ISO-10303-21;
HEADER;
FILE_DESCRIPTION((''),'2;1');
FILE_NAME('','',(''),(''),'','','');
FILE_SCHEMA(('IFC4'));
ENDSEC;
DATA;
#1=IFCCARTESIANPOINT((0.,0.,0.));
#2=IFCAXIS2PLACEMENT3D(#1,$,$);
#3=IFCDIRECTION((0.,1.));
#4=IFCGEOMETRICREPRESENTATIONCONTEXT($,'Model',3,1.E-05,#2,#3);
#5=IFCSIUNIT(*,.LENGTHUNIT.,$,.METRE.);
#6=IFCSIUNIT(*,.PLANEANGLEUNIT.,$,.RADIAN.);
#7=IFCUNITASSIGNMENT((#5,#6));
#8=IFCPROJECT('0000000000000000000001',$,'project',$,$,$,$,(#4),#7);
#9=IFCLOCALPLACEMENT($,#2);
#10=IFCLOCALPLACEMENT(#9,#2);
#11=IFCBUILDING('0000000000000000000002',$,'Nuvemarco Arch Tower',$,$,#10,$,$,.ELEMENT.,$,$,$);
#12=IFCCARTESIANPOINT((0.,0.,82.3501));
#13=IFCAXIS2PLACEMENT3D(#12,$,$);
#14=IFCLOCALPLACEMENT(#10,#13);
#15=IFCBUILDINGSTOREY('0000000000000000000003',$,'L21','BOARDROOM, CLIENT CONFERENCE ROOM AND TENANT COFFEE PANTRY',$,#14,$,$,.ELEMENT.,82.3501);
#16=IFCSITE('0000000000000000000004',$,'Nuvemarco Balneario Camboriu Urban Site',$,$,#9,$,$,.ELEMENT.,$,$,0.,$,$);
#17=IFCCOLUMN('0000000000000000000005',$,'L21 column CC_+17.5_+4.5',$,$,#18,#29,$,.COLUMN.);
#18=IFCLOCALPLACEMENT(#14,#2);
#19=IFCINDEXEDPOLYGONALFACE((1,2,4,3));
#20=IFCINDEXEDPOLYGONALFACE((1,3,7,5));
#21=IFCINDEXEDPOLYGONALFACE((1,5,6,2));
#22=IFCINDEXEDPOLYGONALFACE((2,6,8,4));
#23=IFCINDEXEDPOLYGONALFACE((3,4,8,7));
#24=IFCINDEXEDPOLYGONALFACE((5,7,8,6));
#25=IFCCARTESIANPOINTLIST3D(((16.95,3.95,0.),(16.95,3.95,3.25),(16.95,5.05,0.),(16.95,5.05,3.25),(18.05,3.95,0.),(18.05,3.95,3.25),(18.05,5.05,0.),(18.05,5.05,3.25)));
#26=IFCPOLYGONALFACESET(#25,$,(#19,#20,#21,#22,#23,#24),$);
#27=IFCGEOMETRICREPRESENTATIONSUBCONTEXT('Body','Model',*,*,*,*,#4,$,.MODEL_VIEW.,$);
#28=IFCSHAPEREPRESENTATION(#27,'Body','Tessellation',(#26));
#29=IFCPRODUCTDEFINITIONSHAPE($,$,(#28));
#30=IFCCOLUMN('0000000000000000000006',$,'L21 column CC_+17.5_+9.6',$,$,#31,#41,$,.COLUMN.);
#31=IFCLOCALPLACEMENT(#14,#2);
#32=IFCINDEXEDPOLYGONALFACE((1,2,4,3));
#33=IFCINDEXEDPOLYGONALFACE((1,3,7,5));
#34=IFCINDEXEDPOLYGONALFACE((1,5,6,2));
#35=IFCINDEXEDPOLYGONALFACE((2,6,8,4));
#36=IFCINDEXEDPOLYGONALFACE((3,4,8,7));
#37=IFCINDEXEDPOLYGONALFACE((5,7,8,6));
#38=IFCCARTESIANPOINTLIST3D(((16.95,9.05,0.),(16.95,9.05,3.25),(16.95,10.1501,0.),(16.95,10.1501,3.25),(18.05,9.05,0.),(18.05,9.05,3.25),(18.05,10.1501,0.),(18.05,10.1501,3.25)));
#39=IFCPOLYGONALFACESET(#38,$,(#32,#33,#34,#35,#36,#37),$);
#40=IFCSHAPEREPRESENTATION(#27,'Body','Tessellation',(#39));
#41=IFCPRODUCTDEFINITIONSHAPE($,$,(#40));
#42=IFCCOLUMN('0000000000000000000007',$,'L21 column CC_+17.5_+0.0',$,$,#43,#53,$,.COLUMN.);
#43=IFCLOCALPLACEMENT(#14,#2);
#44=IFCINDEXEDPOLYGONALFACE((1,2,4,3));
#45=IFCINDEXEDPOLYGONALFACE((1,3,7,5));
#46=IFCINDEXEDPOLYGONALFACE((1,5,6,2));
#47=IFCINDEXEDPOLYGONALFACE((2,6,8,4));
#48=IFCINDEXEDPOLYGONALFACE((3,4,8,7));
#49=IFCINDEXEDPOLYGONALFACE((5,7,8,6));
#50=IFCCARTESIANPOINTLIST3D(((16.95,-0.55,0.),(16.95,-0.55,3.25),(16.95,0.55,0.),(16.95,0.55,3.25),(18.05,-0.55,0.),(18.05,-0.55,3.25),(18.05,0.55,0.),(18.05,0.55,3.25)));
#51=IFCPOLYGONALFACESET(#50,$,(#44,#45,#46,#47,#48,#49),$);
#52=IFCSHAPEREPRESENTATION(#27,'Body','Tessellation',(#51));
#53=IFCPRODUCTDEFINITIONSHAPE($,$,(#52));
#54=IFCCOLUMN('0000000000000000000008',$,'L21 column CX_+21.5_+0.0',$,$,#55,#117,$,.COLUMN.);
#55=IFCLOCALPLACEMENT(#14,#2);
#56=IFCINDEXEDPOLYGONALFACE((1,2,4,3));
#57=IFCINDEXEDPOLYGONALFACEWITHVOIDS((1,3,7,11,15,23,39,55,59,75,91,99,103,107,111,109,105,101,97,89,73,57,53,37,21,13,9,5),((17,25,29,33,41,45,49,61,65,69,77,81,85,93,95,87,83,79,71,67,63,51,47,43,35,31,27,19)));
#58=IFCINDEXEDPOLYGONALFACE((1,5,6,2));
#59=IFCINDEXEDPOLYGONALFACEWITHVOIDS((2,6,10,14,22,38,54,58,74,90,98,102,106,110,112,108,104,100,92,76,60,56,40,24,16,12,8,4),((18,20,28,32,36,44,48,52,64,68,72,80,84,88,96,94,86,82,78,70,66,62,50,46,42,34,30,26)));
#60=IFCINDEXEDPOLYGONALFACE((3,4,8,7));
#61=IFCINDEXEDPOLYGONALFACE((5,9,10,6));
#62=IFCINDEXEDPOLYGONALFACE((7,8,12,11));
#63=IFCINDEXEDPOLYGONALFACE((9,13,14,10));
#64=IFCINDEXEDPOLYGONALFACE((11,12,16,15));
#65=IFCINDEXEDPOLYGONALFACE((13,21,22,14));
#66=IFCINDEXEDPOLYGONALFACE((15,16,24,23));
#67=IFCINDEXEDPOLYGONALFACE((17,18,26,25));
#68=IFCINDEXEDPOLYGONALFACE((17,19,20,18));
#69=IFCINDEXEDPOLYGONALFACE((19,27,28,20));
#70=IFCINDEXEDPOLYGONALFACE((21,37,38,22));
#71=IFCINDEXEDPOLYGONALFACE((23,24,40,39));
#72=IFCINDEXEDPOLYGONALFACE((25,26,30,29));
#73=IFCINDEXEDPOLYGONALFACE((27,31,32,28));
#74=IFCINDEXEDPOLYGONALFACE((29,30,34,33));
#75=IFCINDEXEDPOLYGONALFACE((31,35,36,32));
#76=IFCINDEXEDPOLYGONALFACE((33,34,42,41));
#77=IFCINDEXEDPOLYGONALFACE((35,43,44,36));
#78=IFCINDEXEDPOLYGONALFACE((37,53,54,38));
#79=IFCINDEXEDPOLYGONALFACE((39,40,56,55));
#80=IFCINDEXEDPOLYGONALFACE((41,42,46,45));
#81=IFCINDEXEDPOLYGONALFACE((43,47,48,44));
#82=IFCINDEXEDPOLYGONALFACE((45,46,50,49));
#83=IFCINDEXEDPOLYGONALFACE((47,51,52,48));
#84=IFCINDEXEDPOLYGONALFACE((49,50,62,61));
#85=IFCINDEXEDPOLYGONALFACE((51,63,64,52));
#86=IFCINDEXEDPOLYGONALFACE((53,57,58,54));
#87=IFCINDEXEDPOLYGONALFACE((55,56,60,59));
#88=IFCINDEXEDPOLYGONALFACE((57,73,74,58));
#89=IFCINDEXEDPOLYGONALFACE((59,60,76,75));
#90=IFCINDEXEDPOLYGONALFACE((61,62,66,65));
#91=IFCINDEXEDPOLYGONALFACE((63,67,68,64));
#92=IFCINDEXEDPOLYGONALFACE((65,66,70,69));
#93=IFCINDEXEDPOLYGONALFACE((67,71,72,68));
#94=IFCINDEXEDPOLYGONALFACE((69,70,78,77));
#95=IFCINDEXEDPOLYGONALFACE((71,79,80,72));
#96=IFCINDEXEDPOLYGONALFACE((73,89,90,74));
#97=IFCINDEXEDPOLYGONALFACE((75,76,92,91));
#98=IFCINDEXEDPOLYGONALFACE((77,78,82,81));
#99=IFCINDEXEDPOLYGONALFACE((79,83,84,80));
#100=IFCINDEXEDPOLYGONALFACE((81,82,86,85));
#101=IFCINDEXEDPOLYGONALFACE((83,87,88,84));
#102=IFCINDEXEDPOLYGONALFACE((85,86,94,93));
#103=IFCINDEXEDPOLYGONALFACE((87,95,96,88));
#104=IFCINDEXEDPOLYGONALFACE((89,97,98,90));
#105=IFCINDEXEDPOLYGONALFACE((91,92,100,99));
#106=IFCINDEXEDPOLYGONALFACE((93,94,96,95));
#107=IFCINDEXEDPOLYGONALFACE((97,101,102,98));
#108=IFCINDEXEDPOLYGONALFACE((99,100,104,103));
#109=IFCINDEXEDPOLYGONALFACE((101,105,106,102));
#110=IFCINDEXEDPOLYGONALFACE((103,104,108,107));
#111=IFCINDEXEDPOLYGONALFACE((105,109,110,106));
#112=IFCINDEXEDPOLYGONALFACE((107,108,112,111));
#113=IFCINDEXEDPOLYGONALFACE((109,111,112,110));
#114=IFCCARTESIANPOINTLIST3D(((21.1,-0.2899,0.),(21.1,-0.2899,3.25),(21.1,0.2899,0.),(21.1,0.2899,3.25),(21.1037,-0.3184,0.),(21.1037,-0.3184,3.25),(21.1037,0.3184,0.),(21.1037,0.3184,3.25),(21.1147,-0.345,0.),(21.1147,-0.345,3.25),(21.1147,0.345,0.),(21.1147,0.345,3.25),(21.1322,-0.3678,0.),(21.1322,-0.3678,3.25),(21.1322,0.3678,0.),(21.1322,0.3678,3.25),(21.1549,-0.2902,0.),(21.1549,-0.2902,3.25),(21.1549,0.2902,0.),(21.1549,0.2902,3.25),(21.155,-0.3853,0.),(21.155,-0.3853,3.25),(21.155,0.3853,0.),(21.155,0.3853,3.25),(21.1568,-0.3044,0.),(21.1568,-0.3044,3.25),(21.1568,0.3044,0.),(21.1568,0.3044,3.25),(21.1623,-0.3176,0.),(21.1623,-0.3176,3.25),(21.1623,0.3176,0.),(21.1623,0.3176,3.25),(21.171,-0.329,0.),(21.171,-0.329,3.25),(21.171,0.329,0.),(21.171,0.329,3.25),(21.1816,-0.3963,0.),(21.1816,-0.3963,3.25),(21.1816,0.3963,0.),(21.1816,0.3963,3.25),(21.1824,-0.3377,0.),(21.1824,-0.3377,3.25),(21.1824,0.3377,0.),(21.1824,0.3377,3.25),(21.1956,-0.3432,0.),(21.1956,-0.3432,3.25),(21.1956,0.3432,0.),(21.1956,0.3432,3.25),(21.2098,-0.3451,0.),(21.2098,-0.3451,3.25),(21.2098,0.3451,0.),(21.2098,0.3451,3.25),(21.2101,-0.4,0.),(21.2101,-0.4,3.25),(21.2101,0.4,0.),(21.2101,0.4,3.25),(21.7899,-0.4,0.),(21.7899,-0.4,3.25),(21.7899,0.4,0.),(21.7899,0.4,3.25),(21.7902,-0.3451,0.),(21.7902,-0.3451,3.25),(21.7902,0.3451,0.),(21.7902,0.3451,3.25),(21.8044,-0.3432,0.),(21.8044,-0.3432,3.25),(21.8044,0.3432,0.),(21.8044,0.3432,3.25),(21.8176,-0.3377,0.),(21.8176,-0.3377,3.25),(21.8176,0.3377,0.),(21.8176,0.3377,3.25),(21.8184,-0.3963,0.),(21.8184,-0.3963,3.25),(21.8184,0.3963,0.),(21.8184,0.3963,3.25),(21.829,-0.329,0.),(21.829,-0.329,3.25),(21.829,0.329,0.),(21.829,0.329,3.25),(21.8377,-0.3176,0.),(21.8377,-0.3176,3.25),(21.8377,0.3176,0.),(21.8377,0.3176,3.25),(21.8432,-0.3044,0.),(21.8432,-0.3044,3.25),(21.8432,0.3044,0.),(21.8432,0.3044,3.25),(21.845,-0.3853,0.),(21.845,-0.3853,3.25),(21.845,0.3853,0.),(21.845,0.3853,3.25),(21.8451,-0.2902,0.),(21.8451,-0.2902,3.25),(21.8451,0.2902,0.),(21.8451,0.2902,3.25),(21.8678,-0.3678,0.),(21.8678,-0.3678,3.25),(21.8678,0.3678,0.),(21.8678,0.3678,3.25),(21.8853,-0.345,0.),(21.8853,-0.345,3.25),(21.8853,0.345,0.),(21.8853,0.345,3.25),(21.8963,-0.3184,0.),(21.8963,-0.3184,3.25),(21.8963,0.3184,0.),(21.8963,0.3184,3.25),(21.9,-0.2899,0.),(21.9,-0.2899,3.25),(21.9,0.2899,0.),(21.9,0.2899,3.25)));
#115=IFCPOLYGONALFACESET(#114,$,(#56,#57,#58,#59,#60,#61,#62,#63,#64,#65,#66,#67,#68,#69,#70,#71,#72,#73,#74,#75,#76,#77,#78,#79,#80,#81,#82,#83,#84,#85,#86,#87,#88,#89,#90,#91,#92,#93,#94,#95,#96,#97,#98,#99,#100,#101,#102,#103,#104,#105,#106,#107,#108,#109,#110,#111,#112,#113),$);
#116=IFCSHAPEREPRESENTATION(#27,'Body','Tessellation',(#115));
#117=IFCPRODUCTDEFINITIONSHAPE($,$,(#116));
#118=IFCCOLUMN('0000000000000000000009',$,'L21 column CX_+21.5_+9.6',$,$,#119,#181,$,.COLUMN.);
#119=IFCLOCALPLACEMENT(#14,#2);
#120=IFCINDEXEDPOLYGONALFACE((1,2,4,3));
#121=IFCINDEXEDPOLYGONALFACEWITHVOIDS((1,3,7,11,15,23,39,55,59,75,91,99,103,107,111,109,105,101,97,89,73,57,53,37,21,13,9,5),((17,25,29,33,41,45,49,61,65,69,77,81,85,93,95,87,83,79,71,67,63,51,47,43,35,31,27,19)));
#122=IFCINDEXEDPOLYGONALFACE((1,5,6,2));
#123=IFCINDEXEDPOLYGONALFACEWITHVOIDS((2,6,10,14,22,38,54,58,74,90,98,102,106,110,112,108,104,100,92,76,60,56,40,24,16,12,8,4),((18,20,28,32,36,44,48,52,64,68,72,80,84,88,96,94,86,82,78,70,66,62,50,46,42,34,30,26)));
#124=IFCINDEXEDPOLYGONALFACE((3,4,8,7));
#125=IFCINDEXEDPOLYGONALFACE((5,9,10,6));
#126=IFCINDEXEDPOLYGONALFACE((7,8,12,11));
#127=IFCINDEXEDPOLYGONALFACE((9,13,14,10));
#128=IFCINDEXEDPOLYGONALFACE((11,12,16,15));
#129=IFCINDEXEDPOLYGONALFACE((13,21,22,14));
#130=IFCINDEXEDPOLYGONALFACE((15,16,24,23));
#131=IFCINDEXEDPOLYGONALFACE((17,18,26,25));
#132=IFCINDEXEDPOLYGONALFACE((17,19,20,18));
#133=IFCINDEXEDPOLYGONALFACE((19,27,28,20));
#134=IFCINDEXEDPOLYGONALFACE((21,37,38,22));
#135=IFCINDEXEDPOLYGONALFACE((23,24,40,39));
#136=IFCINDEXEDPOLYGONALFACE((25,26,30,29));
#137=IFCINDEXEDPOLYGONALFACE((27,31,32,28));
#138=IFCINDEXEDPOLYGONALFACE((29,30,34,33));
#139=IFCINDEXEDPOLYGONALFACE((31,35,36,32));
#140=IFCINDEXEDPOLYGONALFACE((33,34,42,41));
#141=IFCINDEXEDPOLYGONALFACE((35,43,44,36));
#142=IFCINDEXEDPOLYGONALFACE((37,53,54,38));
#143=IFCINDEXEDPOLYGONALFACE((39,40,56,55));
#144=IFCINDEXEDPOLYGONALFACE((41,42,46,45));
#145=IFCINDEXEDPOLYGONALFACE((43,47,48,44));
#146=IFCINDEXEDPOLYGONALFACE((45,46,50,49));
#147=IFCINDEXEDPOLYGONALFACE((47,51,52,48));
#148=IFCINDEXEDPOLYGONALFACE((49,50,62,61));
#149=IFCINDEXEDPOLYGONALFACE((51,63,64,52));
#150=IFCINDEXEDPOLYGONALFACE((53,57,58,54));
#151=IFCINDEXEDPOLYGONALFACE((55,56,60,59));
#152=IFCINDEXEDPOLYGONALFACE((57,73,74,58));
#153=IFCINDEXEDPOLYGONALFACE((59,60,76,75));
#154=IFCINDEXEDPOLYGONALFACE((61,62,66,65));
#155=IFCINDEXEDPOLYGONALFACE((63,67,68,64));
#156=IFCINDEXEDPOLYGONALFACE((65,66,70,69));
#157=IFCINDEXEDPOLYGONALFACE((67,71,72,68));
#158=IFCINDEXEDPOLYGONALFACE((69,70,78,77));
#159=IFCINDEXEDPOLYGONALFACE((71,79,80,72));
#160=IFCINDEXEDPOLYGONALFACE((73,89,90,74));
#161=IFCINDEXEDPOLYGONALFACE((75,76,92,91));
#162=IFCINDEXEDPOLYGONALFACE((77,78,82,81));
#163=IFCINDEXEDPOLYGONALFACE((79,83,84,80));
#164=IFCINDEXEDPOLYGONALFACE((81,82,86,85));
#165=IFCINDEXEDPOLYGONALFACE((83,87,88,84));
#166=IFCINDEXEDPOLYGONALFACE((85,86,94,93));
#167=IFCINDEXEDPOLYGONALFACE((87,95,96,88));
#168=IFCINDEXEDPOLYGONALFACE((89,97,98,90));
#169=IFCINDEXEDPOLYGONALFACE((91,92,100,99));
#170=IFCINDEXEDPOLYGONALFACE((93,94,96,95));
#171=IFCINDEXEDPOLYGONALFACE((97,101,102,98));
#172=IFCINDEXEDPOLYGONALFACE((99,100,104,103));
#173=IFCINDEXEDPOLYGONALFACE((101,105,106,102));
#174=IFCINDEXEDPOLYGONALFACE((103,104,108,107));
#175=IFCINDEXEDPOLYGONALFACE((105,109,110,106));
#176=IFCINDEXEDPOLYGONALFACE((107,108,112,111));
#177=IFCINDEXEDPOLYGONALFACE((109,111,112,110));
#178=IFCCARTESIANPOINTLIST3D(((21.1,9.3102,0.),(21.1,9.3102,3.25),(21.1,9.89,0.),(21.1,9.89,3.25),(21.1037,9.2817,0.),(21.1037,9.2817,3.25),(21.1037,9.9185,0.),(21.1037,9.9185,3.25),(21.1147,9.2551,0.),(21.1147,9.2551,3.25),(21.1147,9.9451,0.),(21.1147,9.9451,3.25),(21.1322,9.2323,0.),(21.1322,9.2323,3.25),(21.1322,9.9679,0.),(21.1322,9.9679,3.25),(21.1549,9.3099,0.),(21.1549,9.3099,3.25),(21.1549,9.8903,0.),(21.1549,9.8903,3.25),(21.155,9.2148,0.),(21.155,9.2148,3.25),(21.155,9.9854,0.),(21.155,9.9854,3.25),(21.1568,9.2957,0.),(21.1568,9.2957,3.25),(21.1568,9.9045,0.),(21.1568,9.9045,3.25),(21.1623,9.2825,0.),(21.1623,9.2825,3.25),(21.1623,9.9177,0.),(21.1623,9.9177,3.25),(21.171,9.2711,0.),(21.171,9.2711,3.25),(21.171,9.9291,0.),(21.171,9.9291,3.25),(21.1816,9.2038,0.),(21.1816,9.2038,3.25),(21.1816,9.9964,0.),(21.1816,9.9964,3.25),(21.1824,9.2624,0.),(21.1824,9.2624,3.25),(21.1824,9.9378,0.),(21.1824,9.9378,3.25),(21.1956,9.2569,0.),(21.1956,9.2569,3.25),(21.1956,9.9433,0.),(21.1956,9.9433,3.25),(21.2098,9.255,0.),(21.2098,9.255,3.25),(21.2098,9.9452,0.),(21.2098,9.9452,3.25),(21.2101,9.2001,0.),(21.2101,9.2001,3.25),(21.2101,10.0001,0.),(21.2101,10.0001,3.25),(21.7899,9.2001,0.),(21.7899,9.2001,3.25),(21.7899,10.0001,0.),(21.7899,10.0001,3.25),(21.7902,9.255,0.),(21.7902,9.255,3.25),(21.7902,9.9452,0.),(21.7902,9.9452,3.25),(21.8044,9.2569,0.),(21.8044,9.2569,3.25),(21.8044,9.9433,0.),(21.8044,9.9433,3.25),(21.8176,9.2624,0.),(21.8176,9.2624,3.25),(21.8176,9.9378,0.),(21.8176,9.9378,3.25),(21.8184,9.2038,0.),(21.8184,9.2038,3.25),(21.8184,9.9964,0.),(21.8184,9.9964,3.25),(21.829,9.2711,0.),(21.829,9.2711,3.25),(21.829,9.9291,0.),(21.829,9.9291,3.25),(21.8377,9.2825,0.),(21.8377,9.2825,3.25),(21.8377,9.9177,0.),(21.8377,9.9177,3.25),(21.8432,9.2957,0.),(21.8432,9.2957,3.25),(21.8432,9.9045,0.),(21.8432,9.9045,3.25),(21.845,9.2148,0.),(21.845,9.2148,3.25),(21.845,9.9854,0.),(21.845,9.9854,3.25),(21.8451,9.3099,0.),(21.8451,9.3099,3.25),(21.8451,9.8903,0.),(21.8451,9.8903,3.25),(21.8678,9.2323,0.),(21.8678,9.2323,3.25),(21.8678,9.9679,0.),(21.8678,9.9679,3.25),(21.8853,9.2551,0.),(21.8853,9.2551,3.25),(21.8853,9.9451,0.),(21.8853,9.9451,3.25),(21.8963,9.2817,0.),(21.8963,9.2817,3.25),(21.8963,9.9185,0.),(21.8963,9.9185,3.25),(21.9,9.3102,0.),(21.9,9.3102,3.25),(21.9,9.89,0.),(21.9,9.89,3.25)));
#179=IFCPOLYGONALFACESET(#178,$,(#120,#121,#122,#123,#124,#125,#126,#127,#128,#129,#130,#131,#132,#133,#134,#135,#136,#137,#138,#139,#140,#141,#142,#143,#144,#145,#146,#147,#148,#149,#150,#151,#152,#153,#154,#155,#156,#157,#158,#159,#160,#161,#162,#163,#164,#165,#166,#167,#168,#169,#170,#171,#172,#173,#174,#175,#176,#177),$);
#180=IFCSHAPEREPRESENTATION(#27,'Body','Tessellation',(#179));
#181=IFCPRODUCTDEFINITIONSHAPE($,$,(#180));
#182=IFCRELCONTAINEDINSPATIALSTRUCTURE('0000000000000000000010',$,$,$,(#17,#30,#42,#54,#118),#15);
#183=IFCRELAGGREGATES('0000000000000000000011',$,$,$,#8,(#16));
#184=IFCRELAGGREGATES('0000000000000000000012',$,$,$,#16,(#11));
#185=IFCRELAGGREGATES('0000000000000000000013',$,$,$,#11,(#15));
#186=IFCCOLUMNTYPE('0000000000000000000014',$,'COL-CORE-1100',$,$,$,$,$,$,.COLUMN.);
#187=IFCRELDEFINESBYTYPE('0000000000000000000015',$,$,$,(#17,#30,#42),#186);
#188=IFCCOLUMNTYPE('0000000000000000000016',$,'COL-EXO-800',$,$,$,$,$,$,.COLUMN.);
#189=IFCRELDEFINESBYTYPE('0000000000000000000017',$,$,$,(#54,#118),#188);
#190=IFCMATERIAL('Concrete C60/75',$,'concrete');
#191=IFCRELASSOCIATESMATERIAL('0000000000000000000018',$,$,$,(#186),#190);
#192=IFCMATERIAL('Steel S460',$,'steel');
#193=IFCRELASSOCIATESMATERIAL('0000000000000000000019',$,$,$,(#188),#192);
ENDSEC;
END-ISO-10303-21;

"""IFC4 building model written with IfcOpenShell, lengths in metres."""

from ifc_helpers import new_model, si_unit, direction, frame, origin, origin_2d, place, context, subcontext, project, spatial, rectangle, hollow_rectangle, extrude, material, material_profile, profile_set, type_object, element, save


model = new_model("IFC4")

# Units and contexts
model_context = context("Model", 3, precision=1e-05, world=origin(), true_north=direction((0.0, 1.0)))
body_context = subcontext(model_context, "Body", "Model", "MODEL_VIEW")
ifc_project = project(units=[si_unit("LENGTHUNIT", "METRE"), si_unit("PLANEANGLEUNIT", "RADIAN")], contexts=[model_context])

# Site, building, storey
site_placement = place(None, origin())
site = spatial("IfcSite", under=ifc_project, at=site_placement, Name="Nuvemarco Balneario Camboriu Urban Site", CompositionType="ELEMENT", RefElevation=0.0)
building_placement = place(site_placement, origin())
building = spatial("IfcBuilding", under=site, at=building_placement, Name="Nuvemarco Arch Tower", CompositionType="ELEMENT")
storey_placement = place(building_placement, frame((0.0, 0.0, 82.3501)))
storey = spatial("IfcBuildingStorey", under=building, at=storey_placement, Name="L21", Description="BOARDROOM, CLIENT CONFERENCE ROOM AND TENANT COFFEE PANTRY", CompositionType="ELEMENT", Elevation=82.3501)

# Columns
ifc_material_1 = material(Name="Concrete C60/75", Category="concrete")
ifc_material_profile_1 = material_profile(ifc_material_1, rectangle(XDim=1.1001, YDim=1.1001, at=origin_2d()), Name="RC-COL-1100x1100")
ifc_profile_set_1 = profile_set([ifc_material_profile_1], Name="Concrete C60/75")
column_type_1 = type_object("IfcColumnType", Name="COL-CORE-1100", PredefinedType="COLUMN", material=ifc_profile_set_1)
for number, where, z_axis, x_axis, name in (
    (1, (17.5, 4.5, 0.0), (0.0, 0.0, 1.0), (1.0, 0.0, 0.0), "L21 column CC_+17.5_+4.5"),
    (2, (17.5, 9.6001, 0.0), (0.0, 0.0, 1.0), (1.0, 0.0, 0.0), "L21 column CC_+17.5_+9.6"),
    (3, (17.5, 0.0, 0.0), (0.0, 0.0, 1.0), (1.0, 0.0, 0.0), "L21 column CC_+17.5_+0.0"),
):
    element("IfcColumn", number, at=place(storey_placement, frame(where, z_axis=z_axis, x_axis=x_axis)), inside=storey, type_object=column_type_1, Name=name, PredefinedType="COLUMN", context=body_context, shape_type="SweptSolid", body=[
        extrude(rectangle(XDim=1.1001, YDim=1.1001, at=origin_2d()), origin(), (0.0, 0.0, 1.0), 3.25),
    ])
ifc_material_2 = material(Name="Steel S460", Category="steel")
ifc_material_profile_2 = material_profile(ifc_material_2, hollow_rectangle(XDim=0.8, YDim=0.8, WallThickness=0.0549, InnerFilletRadius=0.0549, OuterFilletRadius=0.1101, at=origin_2d()), Name="SHS800x800x55")
ifc_profile_set_2 = profile_set([ifc_material_profile_2], Name="Steel S460")
column_type_2 = type_object("IfcColumnType", Name="COL-EXO-800", PredefinedType="COLUMN", material=ifc_profile_set_2)
for number, where, z_axis, x_axis, name in (
    (4, (21.5, 0.0, 0.0), (0.0, 0.0, 1.0), (1.0, 0.0, 0.0), "L21 column CX_+21.5_+0.0"),
    (5, (21.5, 9.6001, 0.0), (0.0, 0.0, 1.0), (1.0, 0.0, 0.0), "L21 column CX_+21.5_+9.6"),
):
    element("IfcColumn", number, at=place(storey_placement, frame(where, z_axis=z_axis, x_axis=x_axis)), inside=storey, type_object=column_type_2, Name=name, PredefinedType="COLUMN", context=body_context, shape_type="SweptSolid", body=[
        extrude(hollow_rectangle(XDim=0.8, YDim=0.8, WallThickness=0.0549, InnerFilletRadius=0.0549, OuterFilletRadius=0.1101, at=origin_2d()), origin(), (0.0, 0.0, 1.0), 3.25),
    ])

save(model, "model.ifc")
